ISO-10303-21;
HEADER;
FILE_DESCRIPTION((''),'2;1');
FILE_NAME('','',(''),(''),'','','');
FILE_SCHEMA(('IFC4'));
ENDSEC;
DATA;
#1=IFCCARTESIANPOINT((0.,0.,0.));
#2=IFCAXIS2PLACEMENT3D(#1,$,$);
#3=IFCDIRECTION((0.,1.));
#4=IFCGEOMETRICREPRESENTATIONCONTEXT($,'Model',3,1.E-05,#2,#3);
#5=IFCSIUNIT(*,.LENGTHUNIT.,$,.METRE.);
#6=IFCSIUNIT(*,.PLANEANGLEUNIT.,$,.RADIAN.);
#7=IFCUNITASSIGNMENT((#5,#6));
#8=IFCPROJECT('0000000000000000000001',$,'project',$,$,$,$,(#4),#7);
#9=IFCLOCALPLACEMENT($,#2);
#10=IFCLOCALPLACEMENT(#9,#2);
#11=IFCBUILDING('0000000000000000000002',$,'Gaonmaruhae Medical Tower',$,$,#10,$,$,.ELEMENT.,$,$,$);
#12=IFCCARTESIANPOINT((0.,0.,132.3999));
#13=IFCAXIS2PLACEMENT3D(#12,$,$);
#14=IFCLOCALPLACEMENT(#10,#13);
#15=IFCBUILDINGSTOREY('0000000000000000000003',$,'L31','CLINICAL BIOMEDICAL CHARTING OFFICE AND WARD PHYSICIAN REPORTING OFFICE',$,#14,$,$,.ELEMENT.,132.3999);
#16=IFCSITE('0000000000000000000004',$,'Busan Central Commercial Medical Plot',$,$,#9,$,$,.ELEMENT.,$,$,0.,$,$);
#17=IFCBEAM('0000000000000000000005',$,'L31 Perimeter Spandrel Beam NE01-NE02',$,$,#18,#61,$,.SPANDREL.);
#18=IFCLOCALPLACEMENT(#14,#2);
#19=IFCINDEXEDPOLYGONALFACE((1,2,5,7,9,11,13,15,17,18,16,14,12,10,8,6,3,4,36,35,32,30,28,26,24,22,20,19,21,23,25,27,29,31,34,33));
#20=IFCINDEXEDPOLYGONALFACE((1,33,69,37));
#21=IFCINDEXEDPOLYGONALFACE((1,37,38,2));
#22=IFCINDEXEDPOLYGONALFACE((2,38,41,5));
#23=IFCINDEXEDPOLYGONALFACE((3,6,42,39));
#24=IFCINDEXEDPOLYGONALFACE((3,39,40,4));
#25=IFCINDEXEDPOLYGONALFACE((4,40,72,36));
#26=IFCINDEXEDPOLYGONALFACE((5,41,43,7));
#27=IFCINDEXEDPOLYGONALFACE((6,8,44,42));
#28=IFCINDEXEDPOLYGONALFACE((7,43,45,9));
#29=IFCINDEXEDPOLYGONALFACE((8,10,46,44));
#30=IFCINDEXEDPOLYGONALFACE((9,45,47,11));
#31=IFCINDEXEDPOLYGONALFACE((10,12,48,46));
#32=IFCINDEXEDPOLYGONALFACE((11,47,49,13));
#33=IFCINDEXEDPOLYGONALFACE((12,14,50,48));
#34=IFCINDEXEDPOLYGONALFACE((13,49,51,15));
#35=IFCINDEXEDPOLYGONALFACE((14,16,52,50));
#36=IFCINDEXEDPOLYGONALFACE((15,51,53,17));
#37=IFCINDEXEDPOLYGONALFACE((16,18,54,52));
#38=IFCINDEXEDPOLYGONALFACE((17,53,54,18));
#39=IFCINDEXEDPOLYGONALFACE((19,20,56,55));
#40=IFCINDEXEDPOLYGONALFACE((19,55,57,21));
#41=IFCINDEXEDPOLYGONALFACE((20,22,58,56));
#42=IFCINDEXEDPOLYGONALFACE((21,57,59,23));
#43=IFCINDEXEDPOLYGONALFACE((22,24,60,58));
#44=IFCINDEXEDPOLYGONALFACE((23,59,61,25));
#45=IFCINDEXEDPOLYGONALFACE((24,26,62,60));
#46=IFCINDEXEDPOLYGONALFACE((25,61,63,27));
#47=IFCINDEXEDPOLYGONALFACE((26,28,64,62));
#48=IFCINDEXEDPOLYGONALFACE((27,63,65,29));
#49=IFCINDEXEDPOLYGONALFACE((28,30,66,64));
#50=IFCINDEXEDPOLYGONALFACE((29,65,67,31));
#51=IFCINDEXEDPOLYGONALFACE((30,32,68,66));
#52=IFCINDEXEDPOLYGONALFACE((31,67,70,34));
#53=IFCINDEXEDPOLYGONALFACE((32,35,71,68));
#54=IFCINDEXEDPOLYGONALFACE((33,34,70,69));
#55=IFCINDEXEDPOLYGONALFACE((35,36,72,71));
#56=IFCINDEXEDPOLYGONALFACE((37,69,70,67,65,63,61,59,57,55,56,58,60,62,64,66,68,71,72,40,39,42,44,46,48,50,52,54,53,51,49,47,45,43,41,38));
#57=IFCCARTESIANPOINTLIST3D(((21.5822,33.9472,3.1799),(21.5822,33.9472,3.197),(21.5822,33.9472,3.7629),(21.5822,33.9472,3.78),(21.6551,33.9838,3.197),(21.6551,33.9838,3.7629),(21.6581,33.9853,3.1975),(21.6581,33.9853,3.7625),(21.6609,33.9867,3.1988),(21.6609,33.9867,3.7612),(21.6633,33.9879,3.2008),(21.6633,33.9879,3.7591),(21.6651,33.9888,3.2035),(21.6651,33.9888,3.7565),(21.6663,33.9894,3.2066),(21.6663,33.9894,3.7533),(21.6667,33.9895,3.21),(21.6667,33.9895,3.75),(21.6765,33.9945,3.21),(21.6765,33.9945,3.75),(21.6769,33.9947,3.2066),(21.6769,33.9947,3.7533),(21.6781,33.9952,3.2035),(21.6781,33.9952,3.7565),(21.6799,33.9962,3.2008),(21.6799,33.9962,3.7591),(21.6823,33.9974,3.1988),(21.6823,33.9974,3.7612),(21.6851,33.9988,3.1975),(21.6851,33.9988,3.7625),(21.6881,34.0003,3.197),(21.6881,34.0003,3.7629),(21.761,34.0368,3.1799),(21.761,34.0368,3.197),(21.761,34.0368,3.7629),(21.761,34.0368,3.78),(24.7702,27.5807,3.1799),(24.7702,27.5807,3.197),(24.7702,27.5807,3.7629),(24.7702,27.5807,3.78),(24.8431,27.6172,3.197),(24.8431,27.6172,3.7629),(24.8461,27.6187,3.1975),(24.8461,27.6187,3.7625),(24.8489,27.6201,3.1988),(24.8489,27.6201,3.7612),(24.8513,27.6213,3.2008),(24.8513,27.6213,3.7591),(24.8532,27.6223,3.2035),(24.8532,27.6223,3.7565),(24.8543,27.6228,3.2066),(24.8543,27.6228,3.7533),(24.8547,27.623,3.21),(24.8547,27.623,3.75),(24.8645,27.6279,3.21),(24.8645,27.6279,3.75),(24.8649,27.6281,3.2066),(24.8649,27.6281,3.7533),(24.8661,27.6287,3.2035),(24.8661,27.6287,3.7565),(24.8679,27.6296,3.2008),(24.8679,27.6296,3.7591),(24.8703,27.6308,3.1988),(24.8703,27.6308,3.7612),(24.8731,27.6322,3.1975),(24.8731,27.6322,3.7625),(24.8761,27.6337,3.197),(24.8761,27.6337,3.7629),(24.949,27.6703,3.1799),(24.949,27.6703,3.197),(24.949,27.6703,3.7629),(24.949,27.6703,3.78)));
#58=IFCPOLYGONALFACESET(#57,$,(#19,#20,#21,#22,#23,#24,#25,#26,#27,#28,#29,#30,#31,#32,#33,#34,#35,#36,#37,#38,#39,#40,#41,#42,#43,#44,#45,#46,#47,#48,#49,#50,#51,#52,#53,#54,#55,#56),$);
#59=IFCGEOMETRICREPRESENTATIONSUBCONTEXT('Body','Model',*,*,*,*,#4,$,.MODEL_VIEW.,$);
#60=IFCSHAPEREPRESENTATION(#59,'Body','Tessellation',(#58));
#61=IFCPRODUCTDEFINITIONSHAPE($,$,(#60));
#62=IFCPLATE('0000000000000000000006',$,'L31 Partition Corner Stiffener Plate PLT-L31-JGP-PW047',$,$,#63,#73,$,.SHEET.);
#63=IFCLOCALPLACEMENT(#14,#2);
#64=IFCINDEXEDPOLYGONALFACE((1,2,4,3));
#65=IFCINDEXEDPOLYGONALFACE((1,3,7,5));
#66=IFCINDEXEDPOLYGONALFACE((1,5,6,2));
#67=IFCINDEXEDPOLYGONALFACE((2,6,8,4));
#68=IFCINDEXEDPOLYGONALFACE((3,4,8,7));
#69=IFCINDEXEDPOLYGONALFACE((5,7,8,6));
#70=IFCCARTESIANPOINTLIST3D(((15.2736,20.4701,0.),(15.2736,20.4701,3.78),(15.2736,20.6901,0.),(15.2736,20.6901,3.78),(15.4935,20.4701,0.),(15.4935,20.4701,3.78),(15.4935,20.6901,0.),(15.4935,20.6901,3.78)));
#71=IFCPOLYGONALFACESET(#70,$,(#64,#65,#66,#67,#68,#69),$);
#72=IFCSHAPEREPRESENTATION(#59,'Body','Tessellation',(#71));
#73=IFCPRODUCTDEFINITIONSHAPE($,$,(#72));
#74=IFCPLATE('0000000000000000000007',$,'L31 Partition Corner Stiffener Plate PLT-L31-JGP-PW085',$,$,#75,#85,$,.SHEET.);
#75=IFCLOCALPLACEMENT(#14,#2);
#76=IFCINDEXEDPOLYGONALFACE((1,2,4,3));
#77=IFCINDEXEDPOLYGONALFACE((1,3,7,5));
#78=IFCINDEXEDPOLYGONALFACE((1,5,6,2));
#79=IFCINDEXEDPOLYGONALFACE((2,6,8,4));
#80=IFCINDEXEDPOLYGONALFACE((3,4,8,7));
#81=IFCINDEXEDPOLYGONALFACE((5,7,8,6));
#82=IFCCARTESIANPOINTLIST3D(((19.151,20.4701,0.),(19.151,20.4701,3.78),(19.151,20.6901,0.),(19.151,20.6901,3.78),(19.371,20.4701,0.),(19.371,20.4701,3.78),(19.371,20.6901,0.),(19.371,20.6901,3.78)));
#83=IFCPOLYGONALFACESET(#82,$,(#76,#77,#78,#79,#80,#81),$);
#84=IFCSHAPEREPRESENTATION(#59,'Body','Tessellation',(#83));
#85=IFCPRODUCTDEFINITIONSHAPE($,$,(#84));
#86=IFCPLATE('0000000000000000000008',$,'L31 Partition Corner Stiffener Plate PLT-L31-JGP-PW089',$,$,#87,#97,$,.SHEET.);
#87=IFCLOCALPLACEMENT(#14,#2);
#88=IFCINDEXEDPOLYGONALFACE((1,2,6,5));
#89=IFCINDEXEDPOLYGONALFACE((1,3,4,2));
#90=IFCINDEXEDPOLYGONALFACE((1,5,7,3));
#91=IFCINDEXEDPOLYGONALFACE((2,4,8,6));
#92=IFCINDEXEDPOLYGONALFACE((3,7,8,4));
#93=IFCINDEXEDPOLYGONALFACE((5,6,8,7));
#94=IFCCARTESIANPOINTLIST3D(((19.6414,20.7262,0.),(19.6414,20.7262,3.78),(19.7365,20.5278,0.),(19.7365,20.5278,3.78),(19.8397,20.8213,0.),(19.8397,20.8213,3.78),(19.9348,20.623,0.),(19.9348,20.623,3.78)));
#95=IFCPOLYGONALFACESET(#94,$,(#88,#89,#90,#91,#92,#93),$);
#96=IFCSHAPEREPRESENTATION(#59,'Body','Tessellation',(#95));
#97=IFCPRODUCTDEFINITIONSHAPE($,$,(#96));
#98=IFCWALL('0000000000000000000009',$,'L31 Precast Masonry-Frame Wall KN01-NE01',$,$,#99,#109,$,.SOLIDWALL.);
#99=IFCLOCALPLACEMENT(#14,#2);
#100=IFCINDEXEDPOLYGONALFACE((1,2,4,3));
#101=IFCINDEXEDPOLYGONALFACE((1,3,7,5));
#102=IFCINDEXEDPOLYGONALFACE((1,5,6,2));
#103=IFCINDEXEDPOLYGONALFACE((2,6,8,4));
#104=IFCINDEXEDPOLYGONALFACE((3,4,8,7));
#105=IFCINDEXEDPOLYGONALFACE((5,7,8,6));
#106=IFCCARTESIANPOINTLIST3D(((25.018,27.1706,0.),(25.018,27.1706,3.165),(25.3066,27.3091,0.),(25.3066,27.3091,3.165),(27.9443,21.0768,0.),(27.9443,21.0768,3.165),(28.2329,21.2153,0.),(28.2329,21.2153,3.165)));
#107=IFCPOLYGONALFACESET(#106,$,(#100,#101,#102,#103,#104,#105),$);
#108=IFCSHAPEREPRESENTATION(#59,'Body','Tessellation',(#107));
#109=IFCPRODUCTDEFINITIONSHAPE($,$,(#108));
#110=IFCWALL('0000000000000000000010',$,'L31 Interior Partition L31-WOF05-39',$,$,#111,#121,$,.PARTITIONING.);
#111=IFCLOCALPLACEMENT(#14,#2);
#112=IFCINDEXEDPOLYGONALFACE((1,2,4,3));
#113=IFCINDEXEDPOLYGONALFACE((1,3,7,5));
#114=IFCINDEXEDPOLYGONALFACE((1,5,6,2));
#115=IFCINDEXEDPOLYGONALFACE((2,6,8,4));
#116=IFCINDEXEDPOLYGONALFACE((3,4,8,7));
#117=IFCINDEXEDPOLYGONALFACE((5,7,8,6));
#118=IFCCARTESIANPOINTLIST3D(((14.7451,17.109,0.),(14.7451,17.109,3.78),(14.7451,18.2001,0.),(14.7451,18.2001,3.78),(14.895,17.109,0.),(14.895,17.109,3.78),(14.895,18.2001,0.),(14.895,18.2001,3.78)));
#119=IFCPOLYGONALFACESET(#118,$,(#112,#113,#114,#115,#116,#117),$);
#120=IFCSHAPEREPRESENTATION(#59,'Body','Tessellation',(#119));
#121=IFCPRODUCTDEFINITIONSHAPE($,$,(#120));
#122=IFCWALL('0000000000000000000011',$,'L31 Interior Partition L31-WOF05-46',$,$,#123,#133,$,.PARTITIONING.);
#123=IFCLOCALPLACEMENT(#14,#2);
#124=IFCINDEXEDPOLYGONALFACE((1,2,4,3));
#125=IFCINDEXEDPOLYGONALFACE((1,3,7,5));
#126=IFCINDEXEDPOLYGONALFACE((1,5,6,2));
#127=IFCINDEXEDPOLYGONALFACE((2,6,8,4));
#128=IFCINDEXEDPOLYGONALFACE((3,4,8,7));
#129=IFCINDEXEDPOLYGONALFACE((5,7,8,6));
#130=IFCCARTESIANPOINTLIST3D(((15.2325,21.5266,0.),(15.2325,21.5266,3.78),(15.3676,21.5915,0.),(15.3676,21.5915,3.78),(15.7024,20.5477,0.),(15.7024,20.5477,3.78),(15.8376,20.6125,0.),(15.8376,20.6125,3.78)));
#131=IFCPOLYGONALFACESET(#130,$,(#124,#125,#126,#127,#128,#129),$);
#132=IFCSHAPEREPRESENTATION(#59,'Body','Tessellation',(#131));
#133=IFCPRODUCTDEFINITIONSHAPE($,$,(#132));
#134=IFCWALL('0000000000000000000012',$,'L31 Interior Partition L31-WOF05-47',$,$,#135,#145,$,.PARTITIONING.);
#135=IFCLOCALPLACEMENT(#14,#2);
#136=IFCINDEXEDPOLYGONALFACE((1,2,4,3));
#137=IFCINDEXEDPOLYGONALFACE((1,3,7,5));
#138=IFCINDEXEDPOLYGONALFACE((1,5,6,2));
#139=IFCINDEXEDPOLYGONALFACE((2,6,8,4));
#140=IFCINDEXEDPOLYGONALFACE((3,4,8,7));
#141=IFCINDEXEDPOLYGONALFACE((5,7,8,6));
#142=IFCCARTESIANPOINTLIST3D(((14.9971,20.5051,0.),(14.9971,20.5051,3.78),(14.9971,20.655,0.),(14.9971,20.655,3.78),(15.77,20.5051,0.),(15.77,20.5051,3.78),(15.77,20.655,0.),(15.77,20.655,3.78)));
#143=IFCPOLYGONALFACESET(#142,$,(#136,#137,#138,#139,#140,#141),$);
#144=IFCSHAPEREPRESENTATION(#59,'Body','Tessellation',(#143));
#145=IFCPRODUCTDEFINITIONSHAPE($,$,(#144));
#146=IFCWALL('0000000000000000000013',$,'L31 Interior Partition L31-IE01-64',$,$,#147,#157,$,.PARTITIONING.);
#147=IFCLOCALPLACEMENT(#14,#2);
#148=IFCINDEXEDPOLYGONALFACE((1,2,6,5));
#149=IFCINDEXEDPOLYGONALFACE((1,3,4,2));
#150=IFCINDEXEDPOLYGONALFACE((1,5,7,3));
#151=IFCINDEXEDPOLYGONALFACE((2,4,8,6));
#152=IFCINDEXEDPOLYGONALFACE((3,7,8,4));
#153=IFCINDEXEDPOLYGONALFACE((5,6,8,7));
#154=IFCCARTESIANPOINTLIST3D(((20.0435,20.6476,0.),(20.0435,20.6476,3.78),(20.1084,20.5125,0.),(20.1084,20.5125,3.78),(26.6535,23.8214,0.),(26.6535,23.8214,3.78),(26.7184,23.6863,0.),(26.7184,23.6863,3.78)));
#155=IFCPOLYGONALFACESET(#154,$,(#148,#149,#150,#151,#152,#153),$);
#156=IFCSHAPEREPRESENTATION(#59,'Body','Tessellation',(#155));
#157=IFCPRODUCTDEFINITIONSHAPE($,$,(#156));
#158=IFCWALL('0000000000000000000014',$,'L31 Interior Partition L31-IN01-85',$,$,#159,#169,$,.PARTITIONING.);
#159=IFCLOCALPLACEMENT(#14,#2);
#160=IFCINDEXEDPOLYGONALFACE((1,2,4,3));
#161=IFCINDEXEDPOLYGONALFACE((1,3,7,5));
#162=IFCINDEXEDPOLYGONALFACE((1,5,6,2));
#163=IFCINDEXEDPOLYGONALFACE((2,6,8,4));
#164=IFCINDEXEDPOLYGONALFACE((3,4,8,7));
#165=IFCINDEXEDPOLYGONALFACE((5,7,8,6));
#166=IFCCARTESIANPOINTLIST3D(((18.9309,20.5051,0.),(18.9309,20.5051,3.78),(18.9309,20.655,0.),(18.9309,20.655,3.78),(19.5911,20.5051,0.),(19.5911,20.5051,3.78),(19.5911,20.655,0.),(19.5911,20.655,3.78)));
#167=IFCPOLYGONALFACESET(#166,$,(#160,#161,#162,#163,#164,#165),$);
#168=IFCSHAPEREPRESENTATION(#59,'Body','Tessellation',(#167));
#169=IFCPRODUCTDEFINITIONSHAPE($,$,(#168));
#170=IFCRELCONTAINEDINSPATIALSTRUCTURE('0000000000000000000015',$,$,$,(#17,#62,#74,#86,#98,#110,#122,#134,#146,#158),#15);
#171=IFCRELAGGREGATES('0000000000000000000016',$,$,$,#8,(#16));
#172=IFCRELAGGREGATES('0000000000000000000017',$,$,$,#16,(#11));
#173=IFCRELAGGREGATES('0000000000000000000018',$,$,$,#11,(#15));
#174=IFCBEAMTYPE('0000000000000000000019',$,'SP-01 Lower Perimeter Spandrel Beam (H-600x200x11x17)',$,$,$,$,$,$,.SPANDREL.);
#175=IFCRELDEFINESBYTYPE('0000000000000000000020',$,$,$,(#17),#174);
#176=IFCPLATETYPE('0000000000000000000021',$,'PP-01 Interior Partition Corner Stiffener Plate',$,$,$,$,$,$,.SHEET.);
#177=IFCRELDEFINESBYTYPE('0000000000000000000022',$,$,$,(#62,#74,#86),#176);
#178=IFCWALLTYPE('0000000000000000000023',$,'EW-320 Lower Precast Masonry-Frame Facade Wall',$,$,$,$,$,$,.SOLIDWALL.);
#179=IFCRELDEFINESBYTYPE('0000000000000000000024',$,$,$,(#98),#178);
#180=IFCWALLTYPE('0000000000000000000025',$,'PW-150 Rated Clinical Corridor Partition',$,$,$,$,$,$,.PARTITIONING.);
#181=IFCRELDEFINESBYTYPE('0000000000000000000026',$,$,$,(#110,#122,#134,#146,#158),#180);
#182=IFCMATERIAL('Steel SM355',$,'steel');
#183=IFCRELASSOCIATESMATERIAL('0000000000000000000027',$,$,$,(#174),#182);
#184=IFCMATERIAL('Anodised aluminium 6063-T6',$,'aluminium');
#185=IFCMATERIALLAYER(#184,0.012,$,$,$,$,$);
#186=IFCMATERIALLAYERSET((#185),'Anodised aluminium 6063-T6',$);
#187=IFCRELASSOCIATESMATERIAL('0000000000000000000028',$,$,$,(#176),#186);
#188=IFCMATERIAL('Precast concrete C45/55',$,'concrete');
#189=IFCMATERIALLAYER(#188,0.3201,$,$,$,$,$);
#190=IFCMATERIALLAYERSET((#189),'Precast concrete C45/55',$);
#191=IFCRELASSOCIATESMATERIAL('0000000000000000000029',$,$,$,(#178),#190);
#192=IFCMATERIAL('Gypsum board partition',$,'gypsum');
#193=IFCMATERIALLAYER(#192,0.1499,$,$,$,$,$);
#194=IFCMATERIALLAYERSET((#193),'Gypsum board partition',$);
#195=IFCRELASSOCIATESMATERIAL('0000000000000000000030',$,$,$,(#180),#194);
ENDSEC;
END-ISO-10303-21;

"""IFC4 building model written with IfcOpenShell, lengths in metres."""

from ifc_helpers import new_model, si_unit, direction, frame, frame_2d, origin, origin_2d, place, context, subcontext, project, spatial, rectangle, i_section, extrude, material, layer, layer_set, material_profile, profile_set, type_object, element, save


model = new_model("IFC4")

# Units and contexts
model_context = context("Model", 3, precision=1e-05, world=origin(), true_north=direction((0.0, 1.0)))
body_context = subcontext(model_context, "Body", "Model", "MODEL_VIEW")
ifc_project = project(units=[si_unit("LENGTHUNIT", "METRE"), si_unit("PLANEANGLEUNIT", "RADIAN")], contexts=[model_context])

# Site, building, storey
site_placement = place(None, origin())
site = spatial("IfcSite", under=ifc_project, at=site_placement, Name="Busan Central Commercial Medical Plot", CompositionType="ELEMENT", RefElevation=0.0)
building_placement = place(site_placement, origin())
building = spatial("IfcBuilding", under=site, at=building_placement, Name="Gaonmaruhae Medical Tower", CompositionType="ELEMENT")
storey_placement = place(building_placement, frame((0.0, 0.0, 132.3999)))
storey = spatial("IfcBuildingStorey", under=building, at=storey_placement, Name="L31", Description="CLINICAL BIOMEDICAL CHARTING OFFICE AND WARD PHYSICIAN REPORTING OFFICE", CompositionType="ELEMENT", Elevation=132.3999)

# Beam
ifc_material_1 = material(Name="Steel SM355", Category="steel")
ifc_material_profile_1 = material_profile(ifc_material_1, i_section(OverallWidth=0.2, OverallDepth=0.6001, WebThickness=0.011, FlangeThickness=0.0171, FilletRadius=0.0129, at=origin_2d()), Name="H-600x200x11x17")
ifc_profile_set_1 = profile_set([ifc_material_profile_1], Name="Steel SM355")
beam_type_1 = type_object("IfcBeamType", Name="SP-01 Lower Perimeter Spandrel Beam (H-600x200x11x17)", PredefinedType="SPANDREL", material=ifc_profile_set_1)
beam_1_placement = place(storey_placement, frame((24.8596, 27.6255, 3.48), z_axis=(-0.447748, 0.89416, 0.0), x_axis=(-0.89416, -0.447748, 0.0)))
element("IfcBeam", 1, at=beam_1_placement, inside=storey, type_object=beam_type_1, Name="L31 Perimeter Spandrel Beam NE01-NE02", PredefinedType="SPANDREL", context=body_context, shape_type="SweptSolid", body=[
    extrude(i_section(OverallWidth=0.2, OverallDepth=0.6001, WebThickness=0.011, FlangeThickness=0.0171, FilletRadius=0.0129, at=origin_2d()), origin(), (0.0, 0.0, 1.0), 7.1201),
])

# Plates
ifc_material_2 = material(Name="Anodised aluminium 6063-T6", Category="aluminium")
ifc_layer_1 = layer(ifc_material_2, 0.012)
ifc_layer_set_1 = layer_set([ifc_layer_1], Name="Anodised aluminium 6063-T6")
plate_type = type_object("IfcPlateType", Name="PP-01 Interior Partition Corner Stiffener Plate", PredefinedType="SHEET", material=ifc_layer_set_1)
for number, where, z_axis, x_axis, name in (
    (2, (15.3835, 20.5801, 0.0), (0.0, 0.0, 1.0), (-1.0, 0.0, 0.0), "L31 Partition Corner Stiffener Plate PLT-L31-JGP-PW047"),
    (3, (19.261, 20.5801, 0.0), (0.0, 0.0, 1.0), (-1.0, 0.0, 0.0), "L31 Partition Corner Stiffener Plate PLT-L31-JGP-PW085"),
    (4, (19.7881, 20.6746, 0.0), (0.0, 0.0, 1.0), (-0.901629, -0.432511, 0.0), "L31 Partition Corner Stiffener Plate PLT-L31-JGP-PW089"),
):
    element("IfcPlate", number, at=place(storey_placement, frame(where, z_axis=z_axis, x_axis=x_axis)), inside=storey, type_object=plate_type, Name=name, PredefinedType="SHEET", context=body_context, shape_type="SweptSolid", body=[
        extrude(rectangle(XDim=0.22, YDim=0.22, at=origin_2d()), origin(), (0.0, 0.0, 1.0), 3.78),
    ])

# Wall
ifc_material_3 = material(Name="Precast concrete C45/55", Category="concrete")
ifc_layer_2 = layer(ifc_material_3, 0.3201)
ifc_layer_set_2 = layer_set([ifc_layer_2], Name="Precast concrete C45/55")
wall_type_1 = type_object("IfcWallType", Name="EW-320 Lower Precast Masonry-Frame Facade Wall", PredefinedType="SOLIDWALL", material=ifc_layer_set_2)
wall_1_placement = place(storey_placement, frame((25.1624, 27.2397, 0.0), z_axis=(0.0, 0.0, 1.0), x_axis=(0.432884, -0.90145, 0.0)))
element("IfcWall", 5, at=wall_1_placement, inside=storey, type_object=wall_type_1, Name="L31 Precast Masonry-Frame Wall KN01-NE01", PredefinedType="SOLIDWALL", context=body_context, shape_type="SweptSolid", body=[
    extrude(rectangle(XDim=6.76, YDim=0.3201, at=frame_2d((3.3799, 0.0))), origin(), (0.0, 0.0, 1.0), 3.165),
])

# Shared definitions
ifc_material_4 = material(Name="Gypsum board partition", Category="gypsum")
ifc_layer_3 = layer(ifc_material_4, 0.1499)
ifc_layer_set_3 = layer_set([ifc_layer_3], Name="Gypsum board partition")
wall_type_2 = type_object("IfcWallType", Name="PW-150 Rated Clinical Corridor Partition", PredefinedType="PARTITIONING", material=ifc_layer_set_3)

# Walls
wall_2_placement = place(storey_placement, frame((14.8201, 18.2, 0.0), z_axis=(0.0, 0.0, 1.0), x_axis=(0.0, -1.0, 0.0)))
element("IfcWall", 6, at=wall_2_placement, inside=storey, type_object=wall_type_2, Name="L31 Interior Partition L31-WOF05-39", PredefinedType="PARTITIONING", context=body_context, shape_type="SweptSolid", body=[
    extrude(rectangle(XDim=1.0911, YDim=0.1499, at=frame_2d((0.5454, 0.0))), origin(), (0.0, 0.0, 1.0), 3.78),
])
wall_3_placement = place(storey_placement, frame((15.3, 21.5591, 0.0), z_axis=(0.0, 0.0, 1.0), x_axis=(0.432768, -0.901506, 0.0)))
element("IfcWall", 7, at=wall_3_placement, inside=storey, type_object=wall_type_2, Name="L31 Interior Partition L31-WOF05-46", PredefinedType="PARTITIONING", context=body_context, shape_type="SweptSolid", body=[
    extrude(rectangle(XDim=1.0859, YDim=0.1499, at=frame_2d((0.543, 0.0))), origin(), (0.0, 0.0, 1.0), 3.78),
])
wall_4_placement = place(storey_placement, frame((15.77, 20.5801, 0.0), z_axis=(0.0, 0.0, 1.0), x_axis=(-1.0, 0.0, 0.0)))
element("IfcWall", 8, at=wall_4_placement, inside=storey, type_object=wall_type_2, Name="L31 Interior Partition L31-WOF05-47", PredefinedType="PARTITIONING", context=body_context, shape_type="SweptSolid", body=[
    extrude(rectangle(XDim=0.7729, YDim=0.1499, at=frame_2d((0.3865, 0.0))), origin(), (0.0, 0.0, 1.0), 3.78),
])
wall_5_placement = place(storey_placement, frame((20.0759, 20.5801, 0.0), z_axis=(0.0, 0.0, 1.0), x_axis=(0.901471, 0.432839, 0.0)))
element("IfcWall", 9, at=wall_5_placement, inside=storey, type_object=wall_type_2, Name="L31 Interior Partition L31-IE01-64", PredefinedType="PARTITIONING", context=body_context, shape_type="SweptSolid", body=[
    extrude(rectangle(XDim=7.3325, YDim=0.1499, at=frame_2d((3.6663, 0.0))), origin(), (0.0, 0.0, 1.0), 3.78),
])
wall_6_placement = place(storey_placement, frame((19.5911, 20.5801, 0.0), z_axis=(0.0, 0.0, 1.0), x_axis=(-1.0, 0.0, 0.0)))
element("IfcWall", 10, at=wall_6_placement, inside=storey, type_object=wall_type_2, Name="L31 Interior Partition L31-IN01-85", PredefinedType="PARTITIONING", context=body_context, shape_type="SweptSolid", body=[
    extrude(rectangle(XDim=0.6602, YDim=0.1499, at=frame_2d((0.3301, 0.0))), origin(), (0.0, 0.0, 1.0), 3.78),
])

save(model, "model.ifc")
